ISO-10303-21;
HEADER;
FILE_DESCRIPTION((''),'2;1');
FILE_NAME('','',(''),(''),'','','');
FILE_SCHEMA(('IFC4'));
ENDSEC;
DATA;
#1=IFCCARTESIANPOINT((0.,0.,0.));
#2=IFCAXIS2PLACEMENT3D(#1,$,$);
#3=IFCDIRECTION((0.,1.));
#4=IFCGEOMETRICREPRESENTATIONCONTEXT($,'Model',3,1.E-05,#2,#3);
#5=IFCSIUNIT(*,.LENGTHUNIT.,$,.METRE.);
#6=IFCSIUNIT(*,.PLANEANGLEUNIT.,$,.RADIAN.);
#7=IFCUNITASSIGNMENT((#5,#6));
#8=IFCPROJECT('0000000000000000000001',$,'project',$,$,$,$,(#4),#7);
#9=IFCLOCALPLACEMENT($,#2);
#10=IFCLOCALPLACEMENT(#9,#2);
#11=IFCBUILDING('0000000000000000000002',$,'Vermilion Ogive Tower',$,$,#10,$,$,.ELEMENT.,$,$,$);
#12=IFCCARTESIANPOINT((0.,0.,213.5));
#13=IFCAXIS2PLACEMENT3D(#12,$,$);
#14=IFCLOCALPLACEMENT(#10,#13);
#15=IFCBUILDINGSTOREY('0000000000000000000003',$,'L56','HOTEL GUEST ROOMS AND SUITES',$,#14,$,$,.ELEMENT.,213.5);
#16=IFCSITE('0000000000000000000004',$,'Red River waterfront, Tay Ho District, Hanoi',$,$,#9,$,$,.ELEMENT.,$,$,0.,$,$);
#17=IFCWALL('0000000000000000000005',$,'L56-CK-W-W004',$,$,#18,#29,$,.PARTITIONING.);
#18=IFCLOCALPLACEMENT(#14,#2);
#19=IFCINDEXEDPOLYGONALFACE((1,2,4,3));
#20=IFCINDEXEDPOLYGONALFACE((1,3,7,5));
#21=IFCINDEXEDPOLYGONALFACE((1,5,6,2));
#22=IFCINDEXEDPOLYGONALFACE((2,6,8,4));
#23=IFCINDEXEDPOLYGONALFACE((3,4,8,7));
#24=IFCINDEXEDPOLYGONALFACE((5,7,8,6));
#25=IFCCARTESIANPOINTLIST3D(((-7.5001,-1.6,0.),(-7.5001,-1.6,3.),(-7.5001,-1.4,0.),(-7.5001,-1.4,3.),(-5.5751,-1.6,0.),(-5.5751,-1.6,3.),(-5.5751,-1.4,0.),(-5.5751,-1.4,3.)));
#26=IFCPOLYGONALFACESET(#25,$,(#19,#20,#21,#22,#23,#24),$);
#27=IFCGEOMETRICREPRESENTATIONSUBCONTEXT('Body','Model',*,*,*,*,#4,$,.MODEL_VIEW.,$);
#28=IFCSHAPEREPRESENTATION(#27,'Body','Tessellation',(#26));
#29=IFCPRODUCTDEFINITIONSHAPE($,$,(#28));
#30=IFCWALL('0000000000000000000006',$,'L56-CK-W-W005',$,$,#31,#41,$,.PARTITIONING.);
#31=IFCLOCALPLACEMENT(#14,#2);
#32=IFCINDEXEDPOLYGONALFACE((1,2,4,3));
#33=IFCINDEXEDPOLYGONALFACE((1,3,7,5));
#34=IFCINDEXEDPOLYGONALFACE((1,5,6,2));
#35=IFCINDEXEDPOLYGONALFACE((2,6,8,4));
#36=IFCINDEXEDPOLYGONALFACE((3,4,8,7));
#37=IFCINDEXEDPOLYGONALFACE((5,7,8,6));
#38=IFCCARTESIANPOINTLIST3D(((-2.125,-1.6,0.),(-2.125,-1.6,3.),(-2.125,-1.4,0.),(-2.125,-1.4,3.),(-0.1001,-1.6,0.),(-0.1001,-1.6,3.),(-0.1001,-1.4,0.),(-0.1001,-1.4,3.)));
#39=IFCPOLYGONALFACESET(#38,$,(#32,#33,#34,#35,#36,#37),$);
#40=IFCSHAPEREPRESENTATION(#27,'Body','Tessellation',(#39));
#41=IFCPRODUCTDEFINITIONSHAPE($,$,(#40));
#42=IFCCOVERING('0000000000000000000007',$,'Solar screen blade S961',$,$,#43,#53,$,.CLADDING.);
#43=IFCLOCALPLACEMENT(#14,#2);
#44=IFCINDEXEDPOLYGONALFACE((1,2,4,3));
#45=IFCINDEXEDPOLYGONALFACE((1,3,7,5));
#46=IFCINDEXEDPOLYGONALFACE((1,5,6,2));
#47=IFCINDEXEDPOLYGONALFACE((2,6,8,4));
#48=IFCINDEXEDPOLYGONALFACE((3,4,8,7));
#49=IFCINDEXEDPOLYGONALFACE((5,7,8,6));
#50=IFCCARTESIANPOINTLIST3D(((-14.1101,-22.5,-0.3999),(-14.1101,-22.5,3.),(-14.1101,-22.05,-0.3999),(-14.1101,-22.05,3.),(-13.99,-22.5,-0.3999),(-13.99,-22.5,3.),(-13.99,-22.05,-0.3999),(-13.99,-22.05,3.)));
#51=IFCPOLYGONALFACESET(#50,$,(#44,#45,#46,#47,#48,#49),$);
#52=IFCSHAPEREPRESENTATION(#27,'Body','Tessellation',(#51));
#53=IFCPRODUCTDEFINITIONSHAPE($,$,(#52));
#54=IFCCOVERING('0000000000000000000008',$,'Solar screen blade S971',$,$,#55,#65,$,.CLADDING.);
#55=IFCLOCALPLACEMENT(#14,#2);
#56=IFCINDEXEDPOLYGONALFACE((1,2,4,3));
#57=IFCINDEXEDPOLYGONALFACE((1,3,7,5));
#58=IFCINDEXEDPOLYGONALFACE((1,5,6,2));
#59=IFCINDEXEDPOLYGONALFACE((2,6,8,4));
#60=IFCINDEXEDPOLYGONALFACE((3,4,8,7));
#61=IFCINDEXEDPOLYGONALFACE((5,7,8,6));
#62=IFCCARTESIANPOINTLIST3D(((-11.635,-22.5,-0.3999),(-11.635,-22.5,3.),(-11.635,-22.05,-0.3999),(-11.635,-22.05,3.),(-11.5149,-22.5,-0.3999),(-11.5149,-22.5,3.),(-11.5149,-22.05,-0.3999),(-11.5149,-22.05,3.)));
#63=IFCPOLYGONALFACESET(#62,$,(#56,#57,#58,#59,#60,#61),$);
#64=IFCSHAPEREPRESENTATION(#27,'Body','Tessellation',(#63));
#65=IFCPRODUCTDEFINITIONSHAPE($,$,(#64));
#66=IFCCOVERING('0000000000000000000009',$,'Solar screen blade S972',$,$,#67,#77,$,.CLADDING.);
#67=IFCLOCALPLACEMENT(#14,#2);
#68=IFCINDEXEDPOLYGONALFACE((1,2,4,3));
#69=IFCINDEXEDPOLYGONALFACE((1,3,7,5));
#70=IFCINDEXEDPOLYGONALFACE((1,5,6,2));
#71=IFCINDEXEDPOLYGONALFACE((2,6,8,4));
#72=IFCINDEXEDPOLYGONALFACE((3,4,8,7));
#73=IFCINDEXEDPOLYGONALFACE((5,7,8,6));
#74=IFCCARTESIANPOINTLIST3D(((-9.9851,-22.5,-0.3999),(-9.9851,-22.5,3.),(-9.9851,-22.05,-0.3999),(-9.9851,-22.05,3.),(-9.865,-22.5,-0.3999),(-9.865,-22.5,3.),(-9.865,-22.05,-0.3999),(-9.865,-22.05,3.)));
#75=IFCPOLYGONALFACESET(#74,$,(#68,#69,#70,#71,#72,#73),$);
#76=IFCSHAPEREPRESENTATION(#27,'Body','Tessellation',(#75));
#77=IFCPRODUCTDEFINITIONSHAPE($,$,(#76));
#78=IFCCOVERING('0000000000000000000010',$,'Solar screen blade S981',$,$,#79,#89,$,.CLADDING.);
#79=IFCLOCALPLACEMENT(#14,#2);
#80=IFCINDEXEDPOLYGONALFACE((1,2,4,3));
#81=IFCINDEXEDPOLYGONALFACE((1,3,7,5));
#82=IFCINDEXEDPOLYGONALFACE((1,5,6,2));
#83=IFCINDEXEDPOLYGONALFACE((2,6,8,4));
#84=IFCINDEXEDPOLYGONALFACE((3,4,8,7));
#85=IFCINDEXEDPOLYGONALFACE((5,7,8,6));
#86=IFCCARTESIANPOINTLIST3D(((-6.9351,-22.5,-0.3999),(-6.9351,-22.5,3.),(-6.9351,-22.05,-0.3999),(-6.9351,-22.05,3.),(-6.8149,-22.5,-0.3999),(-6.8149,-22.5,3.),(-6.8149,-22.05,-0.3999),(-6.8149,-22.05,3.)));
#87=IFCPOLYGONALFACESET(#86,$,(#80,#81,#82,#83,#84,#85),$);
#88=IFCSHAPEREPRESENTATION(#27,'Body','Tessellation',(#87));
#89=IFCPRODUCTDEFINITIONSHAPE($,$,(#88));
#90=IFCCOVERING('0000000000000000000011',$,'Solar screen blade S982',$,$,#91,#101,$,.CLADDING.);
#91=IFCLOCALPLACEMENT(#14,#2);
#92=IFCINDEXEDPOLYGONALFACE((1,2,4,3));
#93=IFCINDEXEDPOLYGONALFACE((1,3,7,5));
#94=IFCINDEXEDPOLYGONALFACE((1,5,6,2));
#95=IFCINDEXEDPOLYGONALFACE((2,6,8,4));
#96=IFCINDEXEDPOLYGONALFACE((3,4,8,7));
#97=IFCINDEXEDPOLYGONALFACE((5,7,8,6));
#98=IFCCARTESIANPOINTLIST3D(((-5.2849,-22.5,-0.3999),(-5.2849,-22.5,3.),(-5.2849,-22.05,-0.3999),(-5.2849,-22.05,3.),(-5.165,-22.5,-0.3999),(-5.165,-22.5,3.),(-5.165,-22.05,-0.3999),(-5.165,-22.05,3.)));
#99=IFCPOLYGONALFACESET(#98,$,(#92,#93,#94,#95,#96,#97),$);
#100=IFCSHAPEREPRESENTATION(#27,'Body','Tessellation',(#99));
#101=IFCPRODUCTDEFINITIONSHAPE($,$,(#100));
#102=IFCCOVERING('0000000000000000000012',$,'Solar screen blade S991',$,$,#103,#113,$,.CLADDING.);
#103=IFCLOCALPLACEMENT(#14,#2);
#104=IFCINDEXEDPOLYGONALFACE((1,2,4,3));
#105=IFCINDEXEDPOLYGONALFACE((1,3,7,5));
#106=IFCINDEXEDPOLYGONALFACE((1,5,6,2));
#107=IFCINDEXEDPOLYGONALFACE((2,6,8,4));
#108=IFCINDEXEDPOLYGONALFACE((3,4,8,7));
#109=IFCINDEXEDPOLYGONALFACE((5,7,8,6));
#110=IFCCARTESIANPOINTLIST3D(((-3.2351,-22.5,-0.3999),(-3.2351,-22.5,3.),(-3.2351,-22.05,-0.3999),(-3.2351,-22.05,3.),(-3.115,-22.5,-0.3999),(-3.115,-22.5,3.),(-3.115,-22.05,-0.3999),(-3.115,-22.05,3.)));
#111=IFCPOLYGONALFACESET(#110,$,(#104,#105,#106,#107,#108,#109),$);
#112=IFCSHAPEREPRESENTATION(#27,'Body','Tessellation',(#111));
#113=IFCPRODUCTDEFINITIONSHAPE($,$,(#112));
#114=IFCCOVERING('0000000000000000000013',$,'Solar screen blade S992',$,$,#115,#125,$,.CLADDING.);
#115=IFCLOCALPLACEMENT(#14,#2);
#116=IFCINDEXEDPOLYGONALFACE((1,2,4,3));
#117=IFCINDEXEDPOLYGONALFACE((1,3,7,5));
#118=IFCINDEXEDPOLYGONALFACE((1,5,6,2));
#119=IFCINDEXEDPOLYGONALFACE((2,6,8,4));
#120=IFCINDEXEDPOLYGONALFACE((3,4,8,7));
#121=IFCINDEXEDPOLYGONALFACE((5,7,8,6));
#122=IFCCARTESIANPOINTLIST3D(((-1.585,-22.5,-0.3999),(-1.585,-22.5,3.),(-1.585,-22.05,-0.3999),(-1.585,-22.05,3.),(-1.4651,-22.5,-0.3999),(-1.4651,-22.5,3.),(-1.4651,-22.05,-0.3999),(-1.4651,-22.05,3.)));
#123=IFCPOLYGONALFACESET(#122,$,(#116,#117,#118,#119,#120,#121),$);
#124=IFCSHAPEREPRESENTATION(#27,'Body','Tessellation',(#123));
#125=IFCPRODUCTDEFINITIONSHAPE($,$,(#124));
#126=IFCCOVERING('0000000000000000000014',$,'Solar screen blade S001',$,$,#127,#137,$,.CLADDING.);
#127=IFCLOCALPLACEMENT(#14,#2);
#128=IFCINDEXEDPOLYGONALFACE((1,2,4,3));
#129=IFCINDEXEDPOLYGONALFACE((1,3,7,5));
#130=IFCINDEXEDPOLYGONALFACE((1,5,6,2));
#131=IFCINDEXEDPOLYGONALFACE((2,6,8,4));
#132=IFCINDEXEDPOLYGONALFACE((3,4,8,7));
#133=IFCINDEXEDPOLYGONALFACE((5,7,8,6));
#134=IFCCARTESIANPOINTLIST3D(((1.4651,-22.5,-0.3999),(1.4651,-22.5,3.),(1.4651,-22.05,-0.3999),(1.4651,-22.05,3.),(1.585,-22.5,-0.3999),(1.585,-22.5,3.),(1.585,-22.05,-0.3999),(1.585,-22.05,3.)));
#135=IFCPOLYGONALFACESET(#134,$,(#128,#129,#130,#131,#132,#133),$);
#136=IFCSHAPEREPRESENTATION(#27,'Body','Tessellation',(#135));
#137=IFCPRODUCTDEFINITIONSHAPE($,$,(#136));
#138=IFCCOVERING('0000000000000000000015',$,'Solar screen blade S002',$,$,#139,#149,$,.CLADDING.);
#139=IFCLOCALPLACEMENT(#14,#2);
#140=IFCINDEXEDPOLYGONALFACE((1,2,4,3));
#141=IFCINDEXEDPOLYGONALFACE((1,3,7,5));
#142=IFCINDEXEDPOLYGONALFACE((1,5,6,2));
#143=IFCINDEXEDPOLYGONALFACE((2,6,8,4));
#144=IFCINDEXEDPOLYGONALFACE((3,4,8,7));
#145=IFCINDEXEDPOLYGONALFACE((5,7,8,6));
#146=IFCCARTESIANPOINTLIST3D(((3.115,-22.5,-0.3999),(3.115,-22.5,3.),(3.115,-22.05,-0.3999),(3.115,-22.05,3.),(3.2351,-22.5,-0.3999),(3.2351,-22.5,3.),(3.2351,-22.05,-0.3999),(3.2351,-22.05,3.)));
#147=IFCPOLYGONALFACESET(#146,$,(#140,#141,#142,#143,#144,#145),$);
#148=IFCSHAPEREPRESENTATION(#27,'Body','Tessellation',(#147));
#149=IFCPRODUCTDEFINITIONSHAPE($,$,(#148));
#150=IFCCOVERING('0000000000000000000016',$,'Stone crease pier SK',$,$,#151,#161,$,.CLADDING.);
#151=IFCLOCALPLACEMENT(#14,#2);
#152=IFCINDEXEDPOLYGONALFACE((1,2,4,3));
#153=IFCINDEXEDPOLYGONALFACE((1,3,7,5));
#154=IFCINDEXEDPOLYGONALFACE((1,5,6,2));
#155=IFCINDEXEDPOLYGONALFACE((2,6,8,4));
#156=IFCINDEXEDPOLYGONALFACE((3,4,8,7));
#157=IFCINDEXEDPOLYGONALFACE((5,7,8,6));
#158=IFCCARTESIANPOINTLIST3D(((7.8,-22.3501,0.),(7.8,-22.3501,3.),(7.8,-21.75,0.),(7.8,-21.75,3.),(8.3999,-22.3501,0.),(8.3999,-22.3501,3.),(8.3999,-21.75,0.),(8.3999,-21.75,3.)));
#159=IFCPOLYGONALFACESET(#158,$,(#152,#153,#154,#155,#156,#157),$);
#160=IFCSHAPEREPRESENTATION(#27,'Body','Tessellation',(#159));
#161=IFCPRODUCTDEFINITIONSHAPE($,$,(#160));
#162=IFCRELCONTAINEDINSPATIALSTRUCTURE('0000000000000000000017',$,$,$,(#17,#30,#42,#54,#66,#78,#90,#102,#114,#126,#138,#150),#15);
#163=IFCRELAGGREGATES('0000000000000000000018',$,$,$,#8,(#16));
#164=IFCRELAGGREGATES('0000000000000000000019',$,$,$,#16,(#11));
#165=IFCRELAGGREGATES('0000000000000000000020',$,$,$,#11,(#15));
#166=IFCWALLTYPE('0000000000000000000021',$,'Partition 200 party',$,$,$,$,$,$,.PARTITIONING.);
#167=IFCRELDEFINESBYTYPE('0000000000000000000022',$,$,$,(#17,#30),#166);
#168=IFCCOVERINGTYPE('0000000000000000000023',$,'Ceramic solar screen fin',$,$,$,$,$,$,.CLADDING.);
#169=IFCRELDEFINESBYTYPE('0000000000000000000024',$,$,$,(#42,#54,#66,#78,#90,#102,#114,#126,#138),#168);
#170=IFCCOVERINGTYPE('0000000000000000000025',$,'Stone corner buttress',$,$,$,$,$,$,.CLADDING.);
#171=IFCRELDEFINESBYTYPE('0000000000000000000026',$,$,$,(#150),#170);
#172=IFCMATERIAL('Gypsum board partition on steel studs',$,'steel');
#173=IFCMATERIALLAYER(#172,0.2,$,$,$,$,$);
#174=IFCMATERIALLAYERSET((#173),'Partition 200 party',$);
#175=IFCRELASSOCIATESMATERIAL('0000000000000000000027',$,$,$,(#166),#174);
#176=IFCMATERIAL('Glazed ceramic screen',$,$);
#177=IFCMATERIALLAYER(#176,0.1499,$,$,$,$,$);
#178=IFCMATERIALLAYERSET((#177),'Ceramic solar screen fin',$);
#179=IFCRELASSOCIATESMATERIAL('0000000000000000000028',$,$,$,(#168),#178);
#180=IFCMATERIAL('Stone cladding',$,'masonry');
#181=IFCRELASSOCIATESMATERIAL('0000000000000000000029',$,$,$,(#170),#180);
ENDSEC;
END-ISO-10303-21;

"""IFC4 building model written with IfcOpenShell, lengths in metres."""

from ifc_helpers import new_model, si_unit, direction, frame, frame_2d, origin, place, context, subcontext, project, spatial, polyline, rectangle, outline, extrude, material, layer, layer_set, type_object, element, save


model = new_model("IFC4")

# Units and contexts
model_context = context("Model", 3, precision=1e-05, world=origin(), true_north=direction((0.0, 1.0)))
body_context = subcontext(model_context, "Body", "Model", "MODEL_VIEW")
ifc_project = project(units=[si_unit("LENGTHUNIT", "METRE"), si_unit("PLANEANGLEUNIT", "RADIAN")], contexts=[model_context])

# Site, building, storey
site_placement = place(None, origin())
site = spatial("IfcSite", under=ifc_project, at=site_placement, Name="Red River waterfront, Tay Ho District, Hanoi", CompositionType="ELEMENT", RefElevation=0.0)
building_placement = place(site_placement, origin())
building = spatial("IfcBuilding", under=site, at=building_placement, Name="Vermilion Ogive Tower", CompositionType="ELEMENT")
storey_placement = place(building_placement, frame((0.0, 0.0, 213.5)))
storey = spatial("IfcBuildingStorey", under=building, at=storey_placement, Name="L56", Description="HOTEL GUEST ROOMS AND SUITES", CompositionType="ELEMENT", Elevation=213.5)

# Walls
ifc_material_1 = material(Name="Gypsum board partition on steel studs", Category="steel")
ifc_layer_1 = layer(ifc_material_1, 0.2)
ifc_layer_set_1 = layer_set([ifc_layer_1], Name="Partition 200 party")
wall_type = type_object("IfcWallType", Name="Partition 200 party", PredefinedType="PARTITIONING", material=ifc_layer_set_1)
wall_1_placement = place(storey_placement, frame((-7.5, -1.5, 0.0), z_axis=(0.0, 0.0, 1.0), x_axis=(1.0, 0.0, 0.0)))
element("IfcWall", 1, at=wall_1_placement, inside=storey, type_object=wall_type, Name="L56-CK-W-W004", PredefinedType="PARTITIONING", context=body_context, shape_type="SweptSolid", body=[
    extrude(rectangle(XDim=1.925, YDim=0.2, at=frame_2d((0.9624, 0.0))), origin(), (0.0, 0.0, 1.0), 3.0),
])
wall_2_placement = place(storey_placement, frame((-2.125, -1.5, 0.0), z_axis=(0.0, 0.0, 1.0), x_axis=(1.0, 0.0, 0.0)))
element("IfcWall", 2, at=wall_2_placement, inside=storey, type_object=wall_type, Name="L56-CK-W-W005", PredefinedType="PARTITIONING", context=body_context, shape_type="SweptSolid", body=[
    extrude(rectangle(XDim=2.0249, YDim=0.2, at=frame_2d((1.0125, 0.0))), origin(), (0.0, 0.0, 1.0), 3.0),
])

# Coverings
ifc_material_2 = material(Name="Glazed ceramic screen")
ifc_layer_2 = layer(ifc_material_2, 0.1499)
ifc_layer_set_2 = layer_set([ifc_layer_2], Name="Ceramic solar screen fin")
covering_type_1 = type_object("IfcCoveringType", Name="Ceramic solar screen fin", PredefinedType="CLADDING", material=ifc_layer_set_2)
covering_1_placement = place(storey_placement, frame((0.0, 0.0, -0.3999)))
element("IfcCovering", 3, at=covering_1_placement, inside=storey, type_object=covering_type_1, Name="Solar screen blade S961", PredefinedType="CLADDING", context=body_context, shape_type="SweptSolid", body=[
    extrude(outline(polyline([(-14.1101, -22.5), (-13.99, -22.5), (-13.99, -22.05), (-14.1101, -22.05), (-14.1101, -22.5)])), origin(), (0.0, 0.0, 1.0), 3.3999),
])
covering_2_placement = place(storey_placement, frame((0.0, 0.0, -0.3999)))
element("IfcCovering", 4, at=covering_2_placement, inside=storey, type_object=covering_type_1, Name="Solar screen blade S971", PredefinedType="CLADDING", context=body_context, shape_type="SweptSolid", body=[
    extrude(outline(polyline([(-11.635, -22.5), (-11.5149, -22.5), (-11.5149, -22.05), (-11.635, -22.05), (-11.635, -22.5)])), origin(), (0.0, 0.0, 1.0), 3.3999),
])
covering_3_placement = place(storey_placement, frame((0.0, 0.0, -0.3999)))
element("IfcCovering", 5, at=covering_3_placement, inside=storey, type_object=covering_type_1, Name="Solar screen blade S972", PredefinedType="CLADDING", context=body_context, shape_type="SweptSolid", body=[
    extrude(outline(polyline([(-9.9851, -22.5), (-9.865, -22.5), (-9.865, -22.05), (-9.9851, -22.05), (-9.9851, -22.5)])), origin(), (0.0, 0.0, 1.0), 3.3999),
])
covering_4_placement = place(storey_placement, frame((0.0, 0.0, -0.3999)))
element("IfcCovering", 6, at=covering_4_placement, inside=storey, type_object=covering_type_1, Name="Solar screen blade S981", PredefinedType="CLADDING", context=body_context, shape_type="SweptSolid", body=[
    extrude(outline(polyline([(-6.9351, -22.5), (-6.8149, -22.5), (-6.8149, -22.05), (-6.9351, -22.05), (-6.9351, -22.5)])), origin(), (0.0, 0.0, 1.0), 3.3999),
])
covering_5_placement = place(storey_placement, frame((0.0, 0.0, -0.3999)))
element("IfcCovering", 7, at=covering_5_placement, inside=storey, type_object=covering_type_1, Name="Solar screen blade S982", PredefinedType="CLADDING", context=body_context, shape_type="SweptSolid", body=[
    extrude(outline(polyline([(-5.2849, -22.5), (-5.165, -22.5), (-5.165, -22.05), (-5.2849, -22.05), (-5.2849, -22.5)])), origin(), (0.0, 0.0, 1.0), 3.3999),
])
covering_6_placement = place(storey_placement, frame((0.0, 0.0, -0.3999)))
element("IfcCovering", 8, at=covering_6_placement, inside=storey, type_object=covering_type_1, Name="Solar screen blade S991", PredefinedType="CLADDING", context=body_context, shape_type="SweptSolid", body=[
    extrude(outline(polyline([(-3.2351, -22.5), (-3.115, -22.5), (-3.115, -22.05), (-3.2351, -22.05), (-3.2351, -22.5)])), origin(), (0.0, 0.0, 1.0), 3.3999),
])
covering_7_placement = place(storey_placement, frame((0.0, 0.0, -0.3999)))
element("IfcCovering", 9, at=covering_7_placement, inside=storey, type_object=covering_type_1, Name="Solar screen blade S992", PredefinedType="CLADDING", context=body_context, shape_type="SweptSolid", body=[
    extrude(outline(polyline([(-1.585, -22.5), (-1.4651, -22.5), (-1.4651, -22.05), (-1.585, -22.05), (-1.585, -22.5)])), origin(), (0.0, 0.0, 1.0), 3.3999),
])
covering_8_placement = place(storey_placement, frame((0.0, 0.0, -0.3999)))
element("IfcCovering", 10, at=covering_8_placement, inside=storey, type_object=covering_type_1, Name="Solar screen blade S001", PredefinedType="CLADDING", context=body_context, shape_type="SweptSolid", body=[
    extrude(outline(polyline([(1.4651, -22.5), (1.585, -22.5), (1.585, -22.05), (1.4651, -22.05), (1.4651, -22.5)])), origin(), (0.0, 0.0, 1.0), 3.3999),
])
covering_9_placement = place(storey_placement, frame((0.0, 0.0, -0.3999)))
element("IfcCovering", 11, at=covering_9_placement, inside=storey, type_object=covering_type_1, Name="Solar screen blade S002", PredefinedType="CLADDING", context=body_context, shape_type="SweptSolid", body=[
    extrude(outline(polyline([(3.115, -22.5), (3.2351, -22.5), (3.2351, -22.05), (3.115, -22.05), (3.115, -22.5)])), origin(), (0.0, 0.0, 1.0), 3.3999),
])
ifc_material_3 = material(Name="Stone cladding", Category="masonry")
covering_type_2 = type_object("IfcCoveringType", Name="Stone corner buttress", PredefinedType="CLADDING", material=ifc_material_3)
covering_10_placement = place(storey_placement, origin())
element("IfcCovering", 12, at=covering_10_placement, inside=storey, type_object=covering_type_2, Name="Stone crease pier SK", PredefinedType="CLADDING", context=body_context, shape_type="SweptSolid", body=[
    extrude(outline(polyline([(7.8, -22.3501), (8.3999, -22.3501), (8.3999, -21.75), (7.8, -21.75), (7.8, -22.3501)])), origin(), (0.0, 0.0, 1.0), 3.0),
])

save(model, "model.ifc")
